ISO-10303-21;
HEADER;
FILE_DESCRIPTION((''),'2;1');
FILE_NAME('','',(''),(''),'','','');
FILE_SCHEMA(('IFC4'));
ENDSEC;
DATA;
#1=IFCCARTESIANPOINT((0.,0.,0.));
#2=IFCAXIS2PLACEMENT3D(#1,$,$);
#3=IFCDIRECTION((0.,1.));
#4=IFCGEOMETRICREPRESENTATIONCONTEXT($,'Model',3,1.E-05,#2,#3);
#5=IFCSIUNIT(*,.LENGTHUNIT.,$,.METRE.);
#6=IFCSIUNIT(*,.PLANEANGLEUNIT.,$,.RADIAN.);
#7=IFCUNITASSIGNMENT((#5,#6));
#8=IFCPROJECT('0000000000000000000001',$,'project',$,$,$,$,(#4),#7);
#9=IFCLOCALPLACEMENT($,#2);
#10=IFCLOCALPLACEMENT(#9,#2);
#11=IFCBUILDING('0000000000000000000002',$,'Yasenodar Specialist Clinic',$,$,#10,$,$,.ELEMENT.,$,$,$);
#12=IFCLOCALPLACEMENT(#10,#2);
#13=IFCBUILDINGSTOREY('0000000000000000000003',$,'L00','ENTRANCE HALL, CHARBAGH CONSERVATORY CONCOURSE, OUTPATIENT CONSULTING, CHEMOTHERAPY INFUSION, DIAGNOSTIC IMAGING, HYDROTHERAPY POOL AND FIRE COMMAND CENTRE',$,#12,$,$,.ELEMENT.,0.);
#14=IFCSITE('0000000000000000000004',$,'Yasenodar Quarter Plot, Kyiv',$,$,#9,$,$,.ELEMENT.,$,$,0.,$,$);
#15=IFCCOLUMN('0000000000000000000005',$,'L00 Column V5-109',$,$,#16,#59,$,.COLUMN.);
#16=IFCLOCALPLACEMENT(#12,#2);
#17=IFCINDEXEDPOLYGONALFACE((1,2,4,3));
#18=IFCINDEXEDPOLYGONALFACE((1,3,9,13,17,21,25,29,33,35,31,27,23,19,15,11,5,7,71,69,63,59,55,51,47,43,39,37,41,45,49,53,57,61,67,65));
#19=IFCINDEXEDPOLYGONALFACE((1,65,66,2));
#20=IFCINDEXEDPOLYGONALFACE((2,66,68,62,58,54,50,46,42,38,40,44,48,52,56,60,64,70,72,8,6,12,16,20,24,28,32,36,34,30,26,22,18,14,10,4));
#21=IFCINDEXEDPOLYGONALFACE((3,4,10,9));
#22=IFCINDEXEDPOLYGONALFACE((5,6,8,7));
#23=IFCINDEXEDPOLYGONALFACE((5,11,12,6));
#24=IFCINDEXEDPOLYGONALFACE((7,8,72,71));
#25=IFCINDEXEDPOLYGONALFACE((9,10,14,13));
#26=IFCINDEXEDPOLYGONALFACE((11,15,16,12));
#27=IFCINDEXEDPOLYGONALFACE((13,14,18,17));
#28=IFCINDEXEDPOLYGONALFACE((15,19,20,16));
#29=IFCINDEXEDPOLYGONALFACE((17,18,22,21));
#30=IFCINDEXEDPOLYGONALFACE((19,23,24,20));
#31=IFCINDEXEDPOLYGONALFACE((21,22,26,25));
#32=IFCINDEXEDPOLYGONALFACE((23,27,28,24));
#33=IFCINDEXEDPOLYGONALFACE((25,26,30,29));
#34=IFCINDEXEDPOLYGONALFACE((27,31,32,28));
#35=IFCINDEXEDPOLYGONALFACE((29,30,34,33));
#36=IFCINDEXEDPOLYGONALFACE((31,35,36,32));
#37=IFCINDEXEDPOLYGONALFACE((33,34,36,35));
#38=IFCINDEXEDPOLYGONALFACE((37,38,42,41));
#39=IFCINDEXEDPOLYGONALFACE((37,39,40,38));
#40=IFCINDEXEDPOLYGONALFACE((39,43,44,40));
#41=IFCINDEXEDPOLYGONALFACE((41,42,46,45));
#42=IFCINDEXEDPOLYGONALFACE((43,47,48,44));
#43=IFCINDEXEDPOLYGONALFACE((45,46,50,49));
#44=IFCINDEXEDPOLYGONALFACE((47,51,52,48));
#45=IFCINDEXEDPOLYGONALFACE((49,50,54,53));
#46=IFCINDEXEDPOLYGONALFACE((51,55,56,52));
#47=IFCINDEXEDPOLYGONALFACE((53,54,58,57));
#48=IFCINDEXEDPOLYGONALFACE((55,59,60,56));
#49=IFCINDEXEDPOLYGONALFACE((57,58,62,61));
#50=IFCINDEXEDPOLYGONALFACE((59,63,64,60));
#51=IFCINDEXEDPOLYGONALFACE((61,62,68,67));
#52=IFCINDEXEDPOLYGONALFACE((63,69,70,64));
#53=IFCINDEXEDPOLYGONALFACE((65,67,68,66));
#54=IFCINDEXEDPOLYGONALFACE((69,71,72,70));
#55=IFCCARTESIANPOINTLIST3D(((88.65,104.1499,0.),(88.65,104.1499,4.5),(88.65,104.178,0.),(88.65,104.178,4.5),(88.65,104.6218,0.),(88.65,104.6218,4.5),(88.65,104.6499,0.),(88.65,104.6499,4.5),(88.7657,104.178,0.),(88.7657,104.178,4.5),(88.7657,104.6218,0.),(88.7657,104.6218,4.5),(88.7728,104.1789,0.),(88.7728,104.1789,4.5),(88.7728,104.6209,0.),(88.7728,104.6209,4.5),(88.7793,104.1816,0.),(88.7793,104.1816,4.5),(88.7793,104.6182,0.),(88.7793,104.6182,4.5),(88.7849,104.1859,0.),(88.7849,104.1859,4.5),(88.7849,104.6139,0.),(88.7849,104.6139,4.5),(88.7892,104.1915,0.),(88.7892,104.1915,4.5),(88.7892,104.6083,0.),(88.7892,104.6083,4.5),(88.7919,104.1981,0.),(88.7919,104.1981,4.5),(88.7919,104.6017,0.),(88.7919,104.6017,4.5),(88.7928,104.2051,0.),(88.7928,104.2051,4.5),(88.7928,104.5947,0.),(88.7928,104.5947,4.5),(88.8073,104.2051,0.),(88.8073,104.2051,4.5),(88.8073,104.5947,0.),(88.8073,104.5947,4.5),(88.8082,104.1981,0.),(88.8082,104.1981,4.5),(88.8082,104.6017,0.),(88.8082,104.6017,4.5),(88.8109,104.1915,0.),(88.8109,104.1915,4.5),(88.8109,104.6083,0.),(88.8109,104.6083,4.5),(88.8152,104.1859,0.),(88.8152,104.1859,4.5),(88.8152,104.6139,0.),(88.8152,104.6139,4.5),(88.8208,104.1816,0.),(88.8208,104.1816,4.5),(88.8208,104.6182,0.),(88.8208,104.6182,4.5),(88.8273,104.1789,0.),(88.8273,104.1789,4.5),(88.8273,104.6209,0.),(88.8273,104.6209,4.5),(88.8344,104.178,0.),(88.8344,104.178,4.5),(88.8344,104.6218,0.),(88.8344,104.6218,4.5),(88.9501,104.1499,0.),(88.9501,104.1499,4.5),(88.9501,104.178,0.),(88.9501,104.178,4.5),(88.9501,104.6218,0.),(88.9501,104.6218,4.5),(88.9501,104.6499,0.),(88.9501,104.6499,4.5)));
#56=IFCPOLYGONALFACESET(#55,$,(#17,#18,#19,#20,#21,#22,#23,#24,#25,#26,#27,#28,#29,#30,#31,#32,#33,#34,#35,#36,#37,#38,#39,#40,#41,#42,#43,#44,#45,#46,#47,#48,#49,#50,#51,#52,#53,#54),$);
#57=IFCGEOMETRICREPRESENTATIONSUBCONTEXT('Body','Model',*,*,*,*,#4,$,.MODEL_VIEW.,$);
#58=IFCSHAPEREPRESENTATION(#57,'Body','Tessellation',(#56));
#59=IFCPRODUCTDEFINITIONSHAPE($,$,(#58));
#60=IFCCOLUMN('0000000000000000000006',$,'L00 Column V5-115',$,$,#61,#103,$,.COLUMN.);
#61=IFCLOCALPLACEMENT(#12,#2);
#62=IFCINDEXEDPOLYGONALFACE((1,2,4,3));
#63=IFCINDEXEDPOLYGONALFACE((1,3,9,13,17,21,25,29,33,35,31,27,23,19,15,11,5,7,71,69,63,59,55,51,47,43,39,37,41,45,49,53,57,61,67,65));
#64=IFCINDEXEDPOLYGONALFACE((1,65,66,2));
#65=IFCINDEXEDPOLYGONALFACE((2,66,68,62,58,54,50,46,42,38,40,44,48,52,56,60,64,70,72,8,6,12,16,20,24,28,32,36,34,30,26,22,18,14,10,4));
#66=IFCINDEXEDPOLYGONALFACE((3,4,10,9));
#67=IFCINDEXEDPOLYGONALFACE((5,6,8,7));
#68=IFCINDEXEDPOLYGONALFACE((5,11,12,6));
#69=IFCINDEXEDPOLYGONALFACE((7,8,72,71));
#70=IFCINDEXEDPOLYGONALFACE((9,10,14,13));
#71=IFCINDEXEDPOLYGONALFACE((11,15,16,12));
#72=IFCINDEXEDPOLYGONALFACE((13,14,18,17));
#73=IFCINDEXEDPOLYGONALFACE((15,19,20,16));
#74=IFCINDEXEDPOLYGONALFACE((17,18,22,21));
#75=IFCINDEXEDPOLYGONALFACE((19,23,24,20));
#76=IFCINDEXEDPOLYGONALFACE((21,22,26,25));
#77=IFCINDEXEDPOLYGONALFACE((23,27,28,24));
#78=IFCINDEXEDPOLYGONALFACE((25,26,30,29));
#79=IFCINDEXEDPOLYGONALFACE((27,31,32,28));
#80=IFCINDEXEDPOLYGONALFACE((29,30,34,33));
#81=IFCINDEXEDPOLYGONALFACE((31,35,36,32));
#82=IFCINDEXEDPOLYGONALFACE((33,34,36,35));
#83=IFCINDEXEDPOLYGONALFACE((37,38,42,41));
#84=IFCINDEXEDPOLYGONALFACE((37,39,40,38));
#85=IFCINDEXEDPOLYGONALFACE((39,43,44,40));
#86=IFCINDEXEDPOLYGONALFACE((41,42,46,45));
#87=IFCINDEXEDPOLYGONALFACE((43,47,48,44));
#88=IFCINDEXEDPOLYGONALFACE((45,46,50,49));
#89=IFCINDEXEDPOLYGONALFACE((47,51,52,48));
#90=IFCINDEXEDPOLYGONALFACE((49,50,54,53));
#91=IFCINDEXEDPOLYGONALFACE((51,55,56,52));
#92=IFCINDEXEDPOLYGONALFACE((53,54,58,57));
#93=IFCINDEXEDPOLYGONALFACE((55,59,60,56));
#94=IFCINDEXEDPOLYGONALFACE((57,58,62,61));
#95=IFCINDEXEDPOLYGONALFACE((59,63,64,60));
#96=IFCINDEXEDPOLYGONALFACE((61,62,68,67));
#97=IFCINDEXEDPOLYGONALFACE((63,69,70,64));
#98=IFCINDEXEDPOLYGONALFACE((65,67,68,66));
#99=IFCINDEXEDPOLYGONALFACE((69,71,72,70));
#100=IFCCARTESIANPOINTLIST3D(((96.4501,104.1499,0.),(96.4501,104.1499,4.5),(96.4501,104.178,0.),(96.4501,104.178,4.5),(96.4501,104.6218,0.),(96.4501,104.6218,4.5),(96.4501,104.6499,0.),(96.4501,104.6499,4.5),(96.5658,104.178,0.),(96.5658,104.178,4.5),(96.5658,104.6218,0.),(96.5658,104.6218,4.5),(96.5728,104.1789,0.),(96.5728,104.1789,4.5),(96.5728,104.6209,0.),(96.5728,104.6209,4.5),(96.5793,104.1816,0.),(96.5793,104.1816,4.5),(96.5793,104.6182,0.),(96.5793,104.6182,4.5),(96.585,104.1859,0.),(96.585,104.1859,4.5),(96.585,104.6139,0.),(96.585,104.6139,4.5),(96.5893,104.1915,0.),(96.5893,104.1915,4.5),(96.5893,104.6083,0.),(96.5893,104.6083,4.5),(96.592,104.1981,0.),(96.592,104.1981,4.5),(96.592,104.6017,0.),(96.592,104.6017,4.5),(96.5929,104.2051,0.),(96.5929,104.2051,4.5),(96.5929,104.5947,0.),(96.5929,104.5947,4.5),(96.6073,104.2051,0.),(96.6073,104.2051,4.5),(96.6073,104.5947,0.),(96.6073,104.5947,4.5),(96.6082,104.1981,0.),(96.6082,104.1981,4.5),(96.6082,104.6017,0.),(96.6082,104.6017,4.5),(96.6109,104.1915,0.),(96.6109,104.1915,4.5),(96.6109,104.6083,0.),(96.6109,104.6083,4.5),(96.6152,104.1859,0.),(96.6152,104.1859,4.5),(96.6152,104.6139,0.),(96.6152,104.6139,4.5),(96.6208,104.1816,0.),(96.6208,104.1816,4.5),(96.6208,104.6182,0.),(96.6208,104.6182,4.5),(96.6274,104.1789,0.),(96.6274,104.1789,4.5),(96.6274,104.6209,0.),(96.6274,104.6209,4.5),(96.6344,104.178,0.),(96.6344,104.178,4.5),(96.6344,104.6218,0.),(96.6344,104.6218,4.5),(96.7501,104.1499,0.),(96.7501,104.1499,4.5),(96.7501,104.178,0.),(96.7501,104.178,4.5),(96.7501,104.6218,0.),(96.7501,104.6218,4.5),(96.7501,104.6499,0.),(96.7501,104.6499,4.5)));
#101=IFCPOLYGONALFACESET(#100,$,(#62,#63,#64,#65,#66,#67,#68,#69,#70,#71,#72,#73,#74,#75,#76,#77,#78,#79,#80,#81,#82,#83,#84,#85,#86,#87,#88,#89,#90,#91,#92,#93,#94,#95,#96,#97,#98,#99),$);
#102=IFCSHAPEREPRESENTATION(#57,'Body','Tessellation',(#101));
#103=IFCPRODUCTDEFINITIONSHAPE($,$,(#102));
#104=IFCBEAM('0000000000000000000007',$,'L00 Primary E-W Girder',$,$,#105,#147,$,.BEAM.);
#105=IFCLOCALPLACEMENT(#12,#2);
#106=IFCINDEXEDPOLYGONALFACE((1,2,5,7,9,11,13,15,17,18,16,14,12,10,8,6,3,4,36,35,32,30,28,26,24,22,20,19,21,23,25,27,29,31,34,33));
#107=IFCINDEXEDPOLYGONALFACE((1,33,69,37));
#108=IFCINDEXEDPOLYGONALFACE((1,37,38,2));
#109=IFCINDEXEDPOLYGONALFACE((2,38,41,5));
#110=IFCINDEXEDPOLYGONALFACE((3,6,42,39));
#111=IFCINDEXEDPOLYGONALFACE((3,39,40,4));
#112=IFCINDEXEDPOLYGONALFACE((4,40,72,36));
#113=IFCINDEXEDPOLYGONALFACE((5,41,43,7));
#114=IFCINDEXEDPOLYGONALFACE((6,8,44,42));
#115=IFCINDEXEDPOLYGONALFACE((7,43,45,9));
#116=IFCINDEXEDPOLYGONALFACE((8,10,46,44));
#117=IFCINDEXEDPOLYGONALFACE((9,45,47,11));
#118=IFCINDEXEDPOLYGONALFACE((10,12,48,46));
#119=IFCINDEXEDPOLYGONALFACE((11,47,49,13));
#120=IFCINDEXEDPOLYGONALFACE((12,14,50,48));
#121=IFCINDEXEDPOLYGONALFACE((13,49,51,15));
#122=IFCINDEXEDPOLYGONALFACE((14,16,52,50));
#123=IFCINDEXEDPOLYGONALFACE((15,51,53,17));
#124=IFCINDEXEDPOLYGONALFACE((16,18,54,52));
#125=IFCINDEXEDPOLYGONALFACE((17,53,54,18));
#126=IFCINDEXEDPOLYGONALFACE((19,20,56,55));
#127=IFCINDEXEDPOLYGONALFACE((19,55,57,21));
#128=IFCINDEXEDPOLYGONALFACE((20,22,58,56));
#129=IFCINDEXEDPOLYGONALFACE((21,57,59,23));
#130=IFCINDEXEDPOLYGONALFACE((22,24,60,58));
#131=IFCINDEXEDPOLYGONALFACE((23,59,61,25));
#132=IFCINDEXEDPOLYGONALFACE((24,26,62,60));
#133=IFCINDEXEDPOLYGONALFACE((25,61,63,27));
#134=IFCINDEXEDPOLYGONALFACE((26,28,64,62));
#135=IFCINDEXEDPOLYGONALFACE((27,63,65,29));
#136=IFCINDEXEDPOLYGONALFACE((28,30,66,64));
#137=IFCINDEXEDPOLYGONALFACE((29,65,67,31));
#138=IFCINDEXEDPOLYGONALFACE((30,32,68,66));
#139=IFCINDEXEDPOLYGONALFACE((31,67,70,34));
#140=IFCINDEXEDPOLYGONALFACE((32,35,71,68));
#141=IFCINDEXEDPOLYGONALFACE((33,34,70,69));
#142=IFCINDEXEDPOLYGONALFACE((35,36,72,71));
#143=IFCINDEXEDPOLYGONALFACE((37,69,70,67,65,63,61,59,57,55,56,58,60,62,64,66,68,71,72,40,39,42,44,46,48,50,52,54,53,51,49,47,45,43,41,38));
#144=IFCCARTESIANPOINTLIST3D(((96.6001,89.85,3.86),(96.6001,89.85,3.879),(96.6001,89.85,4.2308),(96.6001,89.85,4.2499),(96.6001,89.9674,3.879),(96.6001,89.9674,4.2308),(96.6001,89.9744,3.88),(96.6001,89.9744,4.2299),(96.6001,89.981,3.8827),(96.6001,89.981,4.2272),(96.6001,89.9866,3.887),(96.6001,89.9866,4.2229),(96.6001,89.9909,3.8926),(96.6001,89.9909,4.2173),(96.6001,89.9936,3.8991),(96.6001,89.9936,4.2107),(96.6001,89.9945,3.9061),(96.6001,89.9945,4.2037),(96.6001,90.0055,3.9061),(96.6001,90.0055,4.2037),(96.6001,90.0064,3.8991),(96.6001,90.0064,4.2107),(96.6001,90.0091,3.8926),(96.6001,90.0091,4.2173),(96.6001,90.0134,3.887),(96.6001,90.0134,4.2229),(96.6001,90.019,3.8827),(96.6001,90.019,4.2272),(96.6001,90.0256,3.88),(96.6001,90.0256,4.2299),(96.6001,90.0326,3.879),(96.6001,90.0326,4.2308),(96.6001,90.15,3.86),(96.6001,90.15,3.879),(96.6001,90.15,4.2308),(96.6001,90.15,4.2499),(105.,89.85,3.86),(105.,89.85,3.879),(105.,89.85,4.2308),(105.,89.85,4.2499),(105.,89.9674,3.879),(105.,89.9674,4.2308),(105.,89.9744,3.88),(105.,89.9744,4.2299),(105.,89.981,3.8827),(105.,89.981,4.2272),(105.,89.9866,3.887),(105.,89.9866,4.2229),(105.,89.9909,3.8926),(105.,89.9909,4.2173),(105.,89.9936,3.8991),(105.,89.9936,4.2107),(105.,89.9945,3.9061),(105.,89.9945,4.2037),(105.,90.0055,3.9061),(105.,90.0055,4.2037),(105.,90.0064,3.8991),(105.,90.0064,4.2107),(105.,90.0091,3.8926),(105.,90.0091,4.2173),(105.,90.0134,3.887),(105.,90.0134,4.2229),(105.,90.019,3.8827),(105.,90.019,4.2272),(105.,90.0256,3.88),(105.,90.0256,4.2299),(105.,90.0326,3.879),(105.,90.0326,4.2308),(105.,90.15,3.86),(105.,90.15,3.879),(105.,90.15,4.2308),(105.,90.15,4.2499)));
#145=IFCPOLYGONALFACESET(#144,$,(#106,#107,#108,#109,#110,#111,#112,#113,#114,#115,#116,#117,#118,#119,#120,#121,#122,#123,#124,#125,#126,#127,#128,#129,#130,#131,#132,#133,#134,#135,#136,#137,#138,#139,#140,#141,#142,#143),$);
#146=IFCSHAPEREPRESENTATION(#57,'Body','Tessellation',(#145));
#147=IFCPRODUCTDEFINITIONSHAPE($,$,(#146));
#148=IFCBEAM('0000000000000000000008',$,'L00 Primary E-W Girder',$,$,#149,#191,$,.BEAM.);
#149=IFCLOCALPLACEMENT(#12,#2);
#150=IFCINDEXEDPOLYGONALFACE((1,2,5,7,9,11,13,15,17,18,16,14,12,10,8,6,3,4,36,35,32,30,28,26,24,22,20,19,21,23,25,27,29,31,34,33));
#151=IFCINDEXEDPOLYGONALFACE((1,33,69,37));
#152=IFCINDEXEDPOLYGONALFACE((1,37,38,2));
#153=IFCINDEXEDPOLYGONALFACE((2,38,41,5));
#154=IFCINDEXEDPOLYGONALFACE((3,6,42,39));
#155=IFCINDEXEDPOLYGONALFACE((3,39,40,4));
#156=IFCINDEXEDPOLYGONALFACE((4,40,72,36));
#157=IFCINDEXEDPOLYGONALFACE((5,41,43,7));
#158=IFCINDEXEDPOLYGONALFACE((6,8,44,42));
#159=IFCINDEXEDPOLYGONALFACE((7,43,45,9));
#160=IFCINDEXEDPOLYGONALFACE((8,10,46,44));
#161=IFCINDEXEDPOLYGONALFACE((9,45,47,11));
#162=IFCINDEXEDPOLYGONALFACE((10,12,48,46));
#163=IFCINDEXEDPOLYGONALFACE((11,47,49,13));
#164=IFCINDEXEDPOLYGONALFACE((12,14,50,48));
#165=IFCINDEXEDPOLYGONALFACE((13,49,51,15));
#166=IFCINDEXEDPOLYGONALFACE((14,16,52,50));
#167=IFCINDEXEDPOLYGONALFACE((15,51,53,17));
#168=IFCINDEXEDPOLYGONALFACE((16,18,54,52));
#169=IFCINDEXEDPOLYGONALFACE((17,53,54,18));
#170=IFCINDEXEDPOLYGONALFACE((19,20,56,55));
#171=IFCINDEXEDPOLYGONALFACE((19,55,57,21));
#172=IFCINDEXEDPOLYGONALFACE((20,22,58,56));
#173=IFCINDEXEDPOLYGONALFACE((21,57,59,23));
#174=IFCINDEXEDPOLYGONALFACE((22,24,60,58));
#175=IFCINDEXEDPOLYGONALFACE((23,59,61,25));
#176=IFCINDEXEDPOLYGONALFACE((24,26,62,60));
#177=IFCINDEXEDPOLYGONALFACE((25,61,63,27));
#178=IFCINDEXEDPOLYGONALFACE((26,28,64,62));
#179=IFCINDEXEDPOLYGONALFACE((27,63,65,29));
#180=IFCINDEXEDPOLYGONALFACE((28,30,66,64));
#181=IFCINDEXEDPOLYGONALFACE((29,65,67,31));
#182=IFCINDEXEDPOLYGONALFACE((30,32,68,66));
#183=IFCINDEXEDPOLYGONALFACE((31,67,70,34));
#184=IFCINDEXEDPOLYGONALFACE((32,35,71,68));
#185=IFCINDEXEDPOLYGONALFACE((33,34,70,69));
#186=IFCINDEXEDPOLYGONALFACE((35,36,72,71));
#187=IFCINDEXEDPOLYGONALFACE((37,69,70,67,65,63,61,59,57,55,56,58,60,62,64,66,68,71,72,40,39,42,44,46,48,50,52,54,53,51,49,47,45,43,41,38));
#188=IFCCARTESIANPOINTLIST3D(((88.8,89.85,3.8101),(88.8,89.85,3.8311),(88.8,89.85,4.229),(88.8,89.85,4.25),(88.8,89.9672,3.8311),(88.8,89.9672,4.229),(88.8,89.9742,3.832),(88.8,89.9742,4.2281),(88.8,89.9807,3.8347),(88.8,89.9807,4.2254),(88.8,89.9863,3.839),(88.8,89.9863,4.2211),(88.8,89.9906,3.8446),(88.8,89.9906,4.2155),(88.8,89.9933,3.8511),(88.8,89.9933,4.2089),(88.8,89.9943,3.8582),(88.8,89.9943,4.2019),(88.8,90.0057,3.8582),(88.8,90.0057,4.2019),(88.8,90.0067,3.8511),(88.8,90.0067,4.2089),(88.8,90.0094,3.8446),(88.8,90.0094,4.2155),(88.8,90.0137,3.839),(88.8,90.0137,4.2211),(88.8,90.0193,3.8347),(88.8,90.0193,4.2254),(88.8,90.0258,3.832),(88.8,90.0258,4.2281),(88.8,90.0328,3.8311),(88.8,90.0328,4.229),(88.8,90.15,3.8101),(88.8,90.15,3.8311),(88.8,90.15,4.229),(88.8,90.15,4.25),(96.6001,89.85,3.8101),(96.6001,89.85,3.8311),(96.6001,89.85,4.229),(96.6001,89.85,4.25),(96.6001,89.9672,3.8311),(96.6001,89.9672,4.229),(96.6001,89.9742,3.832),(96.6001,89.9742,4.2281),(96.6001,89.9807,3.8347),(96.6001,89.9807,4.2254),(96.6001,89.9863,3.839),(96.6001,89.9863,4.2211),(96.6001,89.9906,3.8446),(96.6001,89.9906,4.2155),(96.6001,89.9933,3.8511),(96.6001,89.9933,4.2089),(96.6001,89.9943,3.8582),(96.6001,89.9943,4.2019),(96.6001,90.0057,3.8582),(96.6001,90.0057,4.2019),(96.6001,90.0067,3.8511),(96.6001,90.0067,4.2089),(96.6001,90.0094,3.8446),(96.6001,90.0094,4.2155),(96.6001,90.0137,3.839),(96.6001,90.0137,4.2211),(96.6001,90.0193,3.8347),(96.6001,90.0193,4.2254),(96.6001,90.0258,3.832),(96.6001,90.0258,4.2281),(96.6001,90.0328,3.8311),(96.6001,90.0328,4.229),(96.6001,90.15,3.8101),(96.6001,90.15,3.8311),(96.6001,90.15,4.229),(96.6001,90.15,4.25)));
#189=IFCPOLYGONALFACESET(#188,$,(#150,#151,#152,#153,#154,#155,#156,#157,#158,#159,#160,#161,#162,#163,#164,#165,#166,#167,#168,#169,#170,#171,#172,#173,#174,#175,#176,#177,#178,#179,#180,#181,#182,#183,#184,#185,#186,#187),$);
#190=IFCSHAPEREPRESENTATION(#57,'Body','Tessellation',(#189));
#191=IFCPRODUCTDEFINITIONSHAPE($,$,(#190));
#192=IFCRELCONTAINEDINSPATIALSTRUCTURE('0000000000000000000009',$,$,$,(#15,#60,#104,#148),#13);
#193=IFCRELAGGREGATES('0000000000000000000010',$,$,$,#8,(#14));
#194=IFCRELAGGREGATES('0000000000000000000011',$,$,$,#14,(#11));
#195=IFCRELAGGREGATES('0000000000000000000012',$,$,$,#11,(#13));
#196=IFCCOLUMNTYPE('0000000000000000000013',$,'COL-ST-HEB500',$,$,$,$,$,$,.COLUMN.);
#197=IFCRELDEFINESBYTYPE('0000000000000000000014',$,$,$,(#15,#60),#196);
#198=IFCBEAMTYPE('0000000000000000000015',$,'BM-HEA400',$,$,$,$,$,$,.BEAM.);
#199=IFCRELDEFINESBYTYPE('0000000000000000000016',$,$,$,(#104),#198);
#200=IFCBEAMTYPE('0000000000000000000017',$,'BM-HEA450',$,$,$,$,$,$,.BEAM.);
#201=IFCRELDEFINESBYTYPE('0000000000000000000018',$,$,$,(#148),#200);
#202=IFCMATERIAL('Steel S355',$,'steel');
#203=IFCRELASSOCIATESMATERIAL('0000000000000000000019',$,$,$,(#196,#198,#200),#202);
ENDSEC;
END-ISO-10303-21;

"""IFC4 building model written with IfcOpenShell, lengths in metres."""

from ifc_helpers import new_model, si_unit, direction, frame, origin, origin_2d, place, context, subcontext, project, spatial, i_section, extrude, material, material_profile, profile_set, type_object, element, save


model = new_model("IFC4")

# Units and contexts
model_context = context("Model", 3, precision=1e-05, world=origin(), true_north=direction((0.0, 1.0)))
body_context = subcontext(model_context, "Body", "Model", "MODEL_VIEW")
ifc_project = project(units=[si_unit("LENGTHUNIT", "METRE"), si_unit("PLANEANGLEUNIT", "RADIAN")], contexts=[model_context])

# Site, building, storey
site_placement = place(None, origin())
site = spatial("IfcSite", under=ifc_project, at=site_placement, Name="Yasenodar Quarter Plot, Kyiv", CompositionType="ELEMENT", RefElevation=0.0)
building_placement = place(site_placement, origin())
building = spatial("IfcBuilding", under=site, at=building_placement, Name="Yasenodar Specialist Clinic", CompositionType="ELEMENT")
storey_placement = place(building_placement, origin())
storey = spatial("IfcBuildingStorey", under=building, at=storey_placement, Name="L00", Description="ENTRANCE HALL, CHARBAGH CONSERVATORY CONCOURSE, OUTPATIENT CONSULTING, CHEMOTHERAPY INFUSION, DIAGNOSTIC IMAGING, HYDROTHERAPY POOL AND FIRE COMMAND CENTRE", CompositionType="ELEMENT", Elevation=0.0)

# Columns
ifc_material_1 = material(Name="Steel S355", Category="steel")
ifc_material_profile_1 = material_profile(ifc_material_1, i_section(OverallWidth=0.3, OverallDepth=0.5, WebThickness=0.0144, FlangeThickness=0.0281, FilletRadius=0.0271, at=origin_2d()), Name="HEB 500")
ifc_profile_set_1 = profile_set([ifc_material_profile_1], Name="Steel S355")
column_type_1 = type_object("IfcColumnType", Name="COL-ST-HEB500", PredefinedType="COLUMN", material=ifc_profile_set_1)
for number, where, z_axis, x_axis, name in (
    (1, (88.8, 104.3999, 0.0), (0.0, 0.0, 1.0), (1.0, 0.0, 0.0), "L00 Column V5-109"),
    (2, (96.6001, 104.3999, 0.0), (0.0, 0.0, 1.0), (1.0, 0.0, 0.0), "L00 Column V5-115"),
):
    element("IfcColumn", number, at=place(storey_placement, frame(where, z_axis=z_axis, x_axis=x_axis)), inside=storey, type_object=column_type_1, Name=name, PredefinedType="COLUMN", context=body_context, shape_type="SweptSolid", body=[
        extrude(i_section(OverallWidth=0.3, OverallDepth=0.5, WebThickness=0.0144, FlangeThickness=0.0281, FilletRadius=0.0271, at=origin_2d()), origin(), (0.0, 0.0, 1.0), 4.5),
    ])

# Beams
ifc_material_profile_2 = material_profile(ifc_material_1, i_section(OverallWidth=0.3, OverallDepth=0.3899, WebThickness=0.011, FlangeThickness=0.019, FilletRadius=0.0271, at=origin_2d()), Name="HEA 400")
ifc_profile_set_2 = profile_set([ifc_material_profile_2], Name="Steel S355")
beam_type_1 = type_object("IfcBeamType", Name="BM-HEA400", PredefinedType="BEAM", material=ifc_profile_set_2)
beam_1_placement = place(storey_placement, frame((96.6001, 90.0, 4.0549), z_axis=(1.0, 0.0, 0.0), x_axis=(0.0, 1.0, 0.0)))
element("IfcBeam", 3, at=beam_1_placement, inside=storey, type_object=beam_type_1, Name="L00 Primary E-W Girder", PredefinedType="BEAM", context=body_context, shape_type="SweptSolid", body=[
    extrude(i_section(OverallWidth=0.3, OverallDepth=0.3899, WebThickness=0.011, FlangeThickness=0.019, FilletRadius=0.0271, at=origin_2d()), origin(), (0.0, 0.0, 1.0), 8.3999),
])
ifc_material_profile_3 = material_profile(ifc_material_1, i_section(OverallWidth=0.3, OverallDepth=0.4399, WebThickness=0.0115, FlangeThickness=0.021, FilletRadius=0.0271, at=origin_2d()), Name="HEA 450")
ifc_profile_set_3 = profile_set([ifc_material_profile_3], Name="Steel S355")
beam_type_2 = type_object("IfcBeamType", Name="BM-HEA450", PredefinedType="BEAM", material=ifc_profile_set_3)
for number, where, z_axis, x_axis, name in (
    (4, (88.8, 90.0, 4.03), (1.0, 0.0, 0.0), (0.0, 1.0, 0.0), "L00 Primary E-W Girder"),
):
    element("IfcBeam", number, at=place(storey_placement, frame(where, z_axis=z_axis, x_axis=x_axis)), inside=storey, type_object=beam_type_2, Name=name, PredefinedType="BEAM", context=body_context, shape_type="SweptSolid", body=[
        extrude(i_section(OverallWidth=0.3, OverallDepth=0.4399, WebThickness=0.0115, FlangeThickness=0.021, FilletRadius=0.0271, at=origin_2d()), origin(), (0.0, 0.0, 1.0), 7.8),
    ])

save(model, "model.ifc")
